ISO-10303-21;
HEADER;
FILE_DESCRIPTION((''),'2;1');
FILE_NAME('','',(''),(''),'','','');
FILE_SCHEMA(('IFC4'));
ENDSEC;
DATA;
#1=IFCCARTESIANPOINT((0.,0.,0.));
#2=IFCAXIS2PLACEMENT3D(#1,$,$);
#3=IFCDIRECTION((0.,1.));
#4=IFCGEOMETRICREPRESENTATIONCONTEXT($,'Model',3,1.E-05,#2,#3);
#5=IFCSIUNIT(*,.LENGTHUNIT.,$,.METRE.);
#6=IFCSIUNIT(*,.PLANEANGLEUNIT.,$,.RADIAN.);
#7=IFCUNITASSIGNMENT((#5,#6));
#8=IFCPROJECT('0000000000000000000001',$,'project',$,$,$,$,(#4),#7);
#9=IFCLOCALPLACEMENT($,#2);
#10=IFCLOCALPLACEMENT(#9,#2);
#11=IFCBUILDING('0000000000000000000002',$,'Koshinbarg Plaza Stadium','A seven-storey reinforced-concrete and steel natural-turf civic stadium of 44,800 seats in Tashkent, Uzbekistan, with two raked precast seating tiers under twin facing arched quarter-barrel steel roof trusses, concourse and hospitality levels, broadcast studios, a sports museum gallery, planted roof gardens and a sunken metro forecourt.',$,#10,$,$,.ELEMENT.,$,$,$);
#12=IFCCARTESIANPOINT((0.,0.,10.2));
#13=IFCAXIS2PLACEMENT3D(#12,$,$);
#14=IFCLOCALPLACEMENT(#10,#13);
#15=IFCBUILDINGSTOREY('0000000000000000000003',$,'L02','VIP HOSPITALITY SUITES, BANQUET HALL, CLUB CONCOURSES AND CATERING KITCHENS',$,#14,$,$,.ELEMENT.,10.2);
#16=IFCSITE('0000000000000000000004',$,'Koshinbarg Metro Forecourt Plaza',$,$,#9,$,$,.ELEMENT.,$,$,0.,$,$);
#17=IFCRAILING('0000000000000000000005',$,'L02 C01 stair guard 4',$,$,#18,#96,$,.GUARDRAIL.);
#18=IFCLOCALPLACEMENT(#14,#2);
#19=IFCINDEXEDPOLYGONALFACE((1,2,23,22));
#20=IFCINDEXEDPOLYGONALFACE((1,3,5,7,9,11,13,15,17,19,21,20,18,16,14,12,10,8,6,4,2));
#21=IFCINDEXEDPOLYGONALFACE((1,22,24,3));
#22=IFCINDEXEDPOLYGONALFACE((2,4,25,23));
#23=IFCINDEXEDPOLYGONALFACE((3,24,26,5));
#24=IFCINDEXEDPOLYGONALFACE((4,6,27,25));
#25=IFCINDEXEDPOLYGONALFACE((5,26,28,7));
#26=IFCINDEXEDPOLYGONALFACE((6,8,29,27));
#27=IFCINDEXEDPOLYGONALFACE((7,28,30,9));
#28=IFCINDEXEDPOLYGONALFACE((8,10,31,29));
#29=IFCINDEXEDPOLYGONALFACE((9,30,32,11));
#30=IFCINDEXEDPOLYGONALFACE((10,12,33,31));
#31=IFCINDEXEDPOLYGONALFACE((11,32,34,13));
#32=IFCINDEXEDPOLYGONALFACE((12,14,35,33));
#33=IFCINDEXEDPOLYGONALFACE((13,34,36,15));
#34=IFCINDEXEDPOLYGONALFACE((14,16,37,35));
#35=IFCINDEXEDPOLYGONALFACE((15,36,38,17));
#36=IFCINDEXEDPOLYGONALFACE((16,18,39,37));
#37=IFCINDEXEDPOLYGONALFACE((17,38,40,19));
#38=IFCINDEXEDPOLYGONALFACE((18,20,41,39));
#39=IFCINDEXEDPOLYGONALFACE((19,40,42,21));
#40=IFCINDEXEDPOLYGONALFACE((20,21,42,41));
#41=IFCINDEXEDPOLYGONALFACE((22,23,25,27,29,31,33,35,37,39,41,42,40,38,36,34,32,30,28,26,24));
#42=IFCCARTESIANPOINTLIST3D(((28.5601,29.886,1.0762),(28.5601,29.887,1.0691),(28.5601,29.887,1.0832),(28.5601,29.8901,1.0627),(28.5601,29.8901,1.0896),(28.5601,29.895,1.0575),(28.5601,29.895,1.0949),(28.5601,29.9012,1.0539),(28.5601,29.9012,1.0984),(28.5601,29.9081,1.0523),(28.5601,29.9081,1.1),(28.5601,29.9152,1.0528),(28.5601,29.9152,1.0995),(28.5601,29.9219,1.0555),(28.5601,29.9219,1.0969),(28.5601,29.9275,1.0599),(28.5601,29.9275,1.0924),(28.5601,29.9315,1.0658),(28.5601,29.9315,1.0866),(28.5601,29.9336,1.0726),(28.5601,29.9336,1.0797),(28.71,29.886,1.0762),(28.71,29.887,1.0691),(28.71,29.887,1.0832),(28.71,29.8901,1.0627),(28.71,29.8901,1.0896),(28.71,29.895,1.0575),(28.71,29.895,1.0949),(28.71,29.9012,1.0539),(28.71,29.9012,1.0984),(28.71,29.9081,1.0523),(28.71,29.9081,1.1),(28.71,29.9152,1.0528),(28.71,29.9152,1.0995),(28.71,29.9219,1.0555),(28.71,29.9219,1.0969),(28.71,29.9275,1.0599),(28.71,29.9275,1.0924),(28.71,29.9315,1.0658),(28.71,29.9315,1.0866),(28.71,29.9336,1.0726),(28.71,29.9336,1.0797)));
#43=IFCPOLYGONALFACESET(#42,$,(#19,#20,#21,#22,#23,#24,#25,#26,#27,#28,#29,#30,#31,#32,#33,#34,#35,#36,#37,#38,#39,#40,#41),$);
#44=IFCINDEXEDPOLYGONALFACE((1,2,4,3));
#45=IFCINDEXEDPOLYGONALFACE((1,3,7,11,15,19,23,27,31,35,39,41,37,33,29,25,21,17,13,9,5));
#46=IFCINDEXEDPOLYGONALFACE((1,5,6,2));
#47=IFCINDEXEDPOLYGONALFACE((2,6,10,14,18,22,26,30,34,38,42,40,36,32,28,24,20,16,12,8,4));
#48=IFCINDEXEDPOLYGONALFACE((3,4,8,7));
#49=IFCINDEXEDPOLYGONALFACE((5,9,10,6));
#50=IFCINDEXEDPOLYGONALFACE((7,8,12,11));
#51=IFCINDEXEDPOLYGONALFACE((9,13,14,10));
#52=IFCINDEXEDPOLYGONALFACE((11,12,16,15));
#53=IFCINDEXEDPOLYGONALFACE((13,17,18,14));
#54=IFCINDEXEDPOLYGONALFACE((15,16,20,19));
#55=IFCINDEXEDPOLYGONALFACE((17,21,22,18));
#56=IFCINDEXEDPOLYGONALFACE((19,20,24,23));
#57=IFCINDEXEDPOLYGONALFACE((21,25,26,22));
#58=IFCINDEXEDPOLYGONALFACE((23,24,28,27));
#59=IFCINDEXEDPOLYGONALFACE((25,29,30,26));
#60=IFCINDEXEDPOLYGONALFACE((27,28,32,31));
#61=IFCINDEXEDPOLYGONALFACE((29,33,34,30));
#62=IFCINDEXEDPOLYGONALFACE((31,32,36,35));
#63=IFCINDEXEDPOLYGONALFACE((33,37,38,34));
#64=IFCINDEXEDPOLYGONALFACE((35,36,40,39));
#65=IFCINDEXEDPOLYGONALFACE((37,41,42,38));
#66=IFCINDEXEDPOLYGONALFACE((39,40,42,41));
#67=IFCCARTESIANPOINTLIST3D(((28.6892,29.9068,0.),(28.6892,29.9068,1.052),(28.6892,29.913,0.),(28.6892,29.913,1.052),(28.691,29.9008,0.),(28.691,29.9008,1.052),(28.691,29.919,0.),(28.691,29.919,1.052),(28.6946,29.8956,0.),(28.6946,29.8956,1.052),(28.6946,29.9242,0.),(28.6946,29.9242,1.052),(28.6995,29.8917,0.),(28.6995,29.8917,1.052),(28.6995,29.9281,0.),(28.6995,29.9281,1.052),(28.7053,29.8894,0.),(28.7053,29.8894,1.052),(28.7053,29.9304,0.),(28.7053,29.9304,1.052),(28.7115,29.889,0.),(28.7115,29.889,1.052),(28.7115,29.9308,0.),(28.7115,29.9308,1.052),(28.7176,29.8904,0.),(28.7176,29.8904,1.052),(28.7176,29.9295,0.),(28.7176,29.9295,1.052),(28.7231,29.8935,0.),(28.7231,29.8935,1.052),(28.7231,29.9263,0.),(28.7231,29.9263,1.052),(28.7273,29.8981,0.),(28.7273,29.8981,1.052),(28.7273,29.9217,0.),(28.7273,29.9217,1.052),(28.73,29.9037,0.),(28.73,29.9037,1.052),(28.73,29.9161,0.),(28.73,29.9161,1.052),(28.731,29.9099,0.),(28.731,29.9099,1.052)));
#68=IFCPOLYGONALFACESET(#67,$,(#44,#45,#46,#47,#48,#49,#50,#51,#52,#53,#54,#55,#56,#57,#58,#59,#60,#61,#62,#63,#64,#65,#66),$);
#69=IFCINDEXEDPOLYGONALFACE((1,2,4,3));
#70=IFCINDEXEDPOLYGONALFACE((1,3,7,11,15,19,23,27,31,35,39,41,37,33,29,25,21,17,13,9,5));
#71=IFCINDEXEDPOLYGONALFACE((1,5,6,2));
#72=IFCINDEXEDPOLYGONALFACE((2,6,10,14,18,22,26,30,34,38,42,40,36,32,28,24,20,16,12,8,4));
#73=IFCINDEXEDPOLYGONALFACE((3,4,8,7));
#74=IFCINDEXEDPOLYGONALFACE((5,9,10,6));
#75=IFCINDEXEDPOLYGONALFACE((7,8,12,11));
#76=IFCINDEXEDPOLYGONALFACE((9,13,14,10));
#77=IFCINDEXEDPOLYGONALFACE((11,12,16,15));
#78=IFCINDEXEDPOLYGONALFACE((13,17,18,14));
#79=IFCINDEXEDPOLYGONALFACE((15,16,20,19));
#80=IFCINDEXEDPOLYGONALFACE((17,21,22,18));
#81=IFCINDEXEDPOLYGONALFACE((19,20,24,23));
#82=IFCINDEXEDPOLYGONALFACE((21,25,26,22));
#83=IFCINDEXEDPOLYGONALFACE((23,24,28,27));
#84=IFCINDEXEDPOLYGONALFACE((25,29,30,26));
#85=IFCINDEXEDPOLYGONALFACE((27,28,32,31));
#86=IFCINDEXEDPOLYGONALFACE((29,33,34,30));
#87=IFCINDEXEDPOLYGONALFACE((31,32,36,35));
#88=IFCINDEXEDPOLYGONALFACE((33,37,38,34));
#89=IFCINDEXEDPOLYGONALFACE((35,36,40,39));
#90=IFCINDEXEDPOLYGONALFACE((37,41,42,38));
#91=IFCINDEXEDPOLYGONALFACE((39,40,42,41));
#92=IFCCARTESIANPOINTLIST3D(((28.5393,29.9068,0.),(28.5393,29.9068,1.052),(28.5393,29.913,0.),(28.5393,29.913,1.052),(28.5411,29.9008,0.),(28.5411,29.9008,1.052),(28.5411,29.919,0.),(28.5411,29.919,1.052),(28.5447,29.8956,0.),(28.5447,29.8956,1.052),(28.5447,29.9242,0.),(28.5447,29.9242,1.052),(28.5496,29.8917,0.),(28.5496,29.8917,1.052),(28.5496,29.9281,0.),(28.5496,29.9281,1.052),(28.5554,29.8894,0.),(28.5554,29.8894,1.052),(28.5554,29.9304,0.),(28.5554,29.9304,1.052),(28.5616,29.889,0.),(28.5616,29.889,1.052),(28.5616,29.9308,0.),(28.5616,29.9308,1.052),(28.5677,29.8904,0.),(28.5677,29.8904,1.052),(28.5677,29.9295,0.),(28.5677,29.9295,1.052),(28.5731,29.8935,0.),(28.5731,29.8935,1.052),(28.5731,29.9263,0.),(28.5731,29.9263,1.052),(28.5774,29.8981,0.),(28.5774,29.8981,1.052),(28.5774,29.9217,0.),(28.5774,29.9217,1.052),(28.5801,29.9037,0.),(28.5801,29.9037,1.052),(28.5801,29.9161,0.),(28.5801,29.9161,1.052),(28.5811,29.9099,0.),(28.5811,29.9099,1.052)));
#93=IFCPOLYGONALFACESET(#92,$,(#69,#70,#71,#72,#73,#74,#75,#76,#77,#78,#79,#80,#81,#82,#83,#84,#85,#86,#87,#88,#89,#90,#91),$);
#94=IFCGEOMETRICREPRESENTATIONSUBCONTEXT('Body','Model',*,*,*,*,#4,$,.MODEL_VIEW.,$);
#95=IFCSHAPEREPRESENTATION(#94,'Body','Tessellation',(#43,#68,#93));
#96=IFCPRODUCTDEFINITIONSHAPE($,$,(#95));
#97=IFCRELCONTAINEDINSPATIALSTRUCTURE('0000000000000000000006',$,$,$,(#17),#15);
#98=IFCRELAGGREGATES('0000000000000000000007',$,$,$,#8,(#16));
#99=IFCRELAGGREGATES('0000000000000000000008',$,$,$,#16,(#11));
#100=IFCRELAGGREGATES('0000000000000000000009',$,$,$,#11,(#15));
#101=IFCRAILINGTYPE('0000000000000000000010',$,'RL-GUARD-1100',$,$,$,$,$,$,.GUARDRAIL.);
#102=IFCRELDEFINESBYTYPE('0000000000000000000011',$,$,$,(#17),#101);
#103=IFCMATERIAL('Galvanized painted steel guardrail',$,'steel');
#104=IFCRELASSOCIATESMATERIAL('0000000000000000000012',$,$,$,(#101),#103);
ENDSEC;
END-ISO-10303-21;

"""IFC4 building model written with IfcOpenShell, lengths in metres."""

from ifc_helpers import new_model, si_unit, direction, frame, origin, origin_2d, place, context, subcontext, project, spatial, circle, extrude, material, type_object, element, save


model = new_model("IFC4")

# Units and contexts
model_context = context("Model", 3, precision=1e-05, world=origin(), true_north=direction((0.0, 1.0)))
body_context = subcontext(model_context, "Body", "Model", "MODEL_VIEW")
ifc_project = project(units=[si_unit("LENGTHUNIT", "METRE"), si_unit("PLANEANGLEUNIT", "RADIAN")], contexts=[model_context])

# Site, building, storey
site_placement = place(None, origin())
site = spatial("IfcSite", under=ifc_project, at=site_placement, Name="Koshinbarg Metro Forecourt Plaza", CompositionType="ELEMENT", RefElevation=0.0)
building_placement = place(site_placement, origin())
building = spatial("IfcBuilding", under=site, at=building_placement, Name="Koshinbarg Plaza Stadium", Description="A seven-storey reinforced-concrete and steel natural-turf civic stadium of 44,800 seats in Tashkent, Uzbekistan, with two raked precast seating tiers under twin facing arched quarter-barrel steel roof trusses, concourse and hospitality levels, broadcast studios, a sports museum gallery, planted roof gardens and a sunken metro forecourt.", CompositionType="ELEMENT")
storey_placement = place(building_placement, frame((0.0, 0.0, 10.2)))
storey = spatial("IfcBuildingStorey", under=building, at=storey_placement, Name="L02", Description="VIP HOSPITALITY SUITES, BANQUET HALL, CLUB CONCOURSES AND CATERING KITCHENS", CompositionType="ELEMENT", Elevation=10.2)

# Railing
ifc_material_1 = material(Name="Galvanized painted steel guardrail", Category="steel")
railing_type_1 = type_object("IfcRailingType", Name="RL-GUARD-1100", PredefinedType="GUARDRAIL", material=ifc_material_1)
railing_1_placement = place(storey_placement, frame((28.71, 29.9099, 0.0)))
element("IfcRailing", 1, at=railing_1_placement, inside=storey, type_object=railing_type_1, Name="L02 C01 stair guard 4", PredefinedType="GUARDRAIL", context=body_context, shape_type="SweptSolid", body=[
    extrude(circle(Radius=0.0239, at=origin_2d()), frame((0.0, 0.0, 1.0762), z_axis=(-1.0, 0.0, 0.0), x_axis=(0.0, -1.0, 0.0)), (0.0, 0.0, 1.0), 0.1499),
    extrude(circle(Radius=0.021, at=origin_2d()), origin(), (0.0, 0.0, 1.0), 1.052),
    extrude(circle(Radius=0.021, at=origin_2d()), frame((-0.1499, 0.0, 0.0)), (0.0, 0.0, 1.0), 1.052),
])

save(model, "model.ifc")
